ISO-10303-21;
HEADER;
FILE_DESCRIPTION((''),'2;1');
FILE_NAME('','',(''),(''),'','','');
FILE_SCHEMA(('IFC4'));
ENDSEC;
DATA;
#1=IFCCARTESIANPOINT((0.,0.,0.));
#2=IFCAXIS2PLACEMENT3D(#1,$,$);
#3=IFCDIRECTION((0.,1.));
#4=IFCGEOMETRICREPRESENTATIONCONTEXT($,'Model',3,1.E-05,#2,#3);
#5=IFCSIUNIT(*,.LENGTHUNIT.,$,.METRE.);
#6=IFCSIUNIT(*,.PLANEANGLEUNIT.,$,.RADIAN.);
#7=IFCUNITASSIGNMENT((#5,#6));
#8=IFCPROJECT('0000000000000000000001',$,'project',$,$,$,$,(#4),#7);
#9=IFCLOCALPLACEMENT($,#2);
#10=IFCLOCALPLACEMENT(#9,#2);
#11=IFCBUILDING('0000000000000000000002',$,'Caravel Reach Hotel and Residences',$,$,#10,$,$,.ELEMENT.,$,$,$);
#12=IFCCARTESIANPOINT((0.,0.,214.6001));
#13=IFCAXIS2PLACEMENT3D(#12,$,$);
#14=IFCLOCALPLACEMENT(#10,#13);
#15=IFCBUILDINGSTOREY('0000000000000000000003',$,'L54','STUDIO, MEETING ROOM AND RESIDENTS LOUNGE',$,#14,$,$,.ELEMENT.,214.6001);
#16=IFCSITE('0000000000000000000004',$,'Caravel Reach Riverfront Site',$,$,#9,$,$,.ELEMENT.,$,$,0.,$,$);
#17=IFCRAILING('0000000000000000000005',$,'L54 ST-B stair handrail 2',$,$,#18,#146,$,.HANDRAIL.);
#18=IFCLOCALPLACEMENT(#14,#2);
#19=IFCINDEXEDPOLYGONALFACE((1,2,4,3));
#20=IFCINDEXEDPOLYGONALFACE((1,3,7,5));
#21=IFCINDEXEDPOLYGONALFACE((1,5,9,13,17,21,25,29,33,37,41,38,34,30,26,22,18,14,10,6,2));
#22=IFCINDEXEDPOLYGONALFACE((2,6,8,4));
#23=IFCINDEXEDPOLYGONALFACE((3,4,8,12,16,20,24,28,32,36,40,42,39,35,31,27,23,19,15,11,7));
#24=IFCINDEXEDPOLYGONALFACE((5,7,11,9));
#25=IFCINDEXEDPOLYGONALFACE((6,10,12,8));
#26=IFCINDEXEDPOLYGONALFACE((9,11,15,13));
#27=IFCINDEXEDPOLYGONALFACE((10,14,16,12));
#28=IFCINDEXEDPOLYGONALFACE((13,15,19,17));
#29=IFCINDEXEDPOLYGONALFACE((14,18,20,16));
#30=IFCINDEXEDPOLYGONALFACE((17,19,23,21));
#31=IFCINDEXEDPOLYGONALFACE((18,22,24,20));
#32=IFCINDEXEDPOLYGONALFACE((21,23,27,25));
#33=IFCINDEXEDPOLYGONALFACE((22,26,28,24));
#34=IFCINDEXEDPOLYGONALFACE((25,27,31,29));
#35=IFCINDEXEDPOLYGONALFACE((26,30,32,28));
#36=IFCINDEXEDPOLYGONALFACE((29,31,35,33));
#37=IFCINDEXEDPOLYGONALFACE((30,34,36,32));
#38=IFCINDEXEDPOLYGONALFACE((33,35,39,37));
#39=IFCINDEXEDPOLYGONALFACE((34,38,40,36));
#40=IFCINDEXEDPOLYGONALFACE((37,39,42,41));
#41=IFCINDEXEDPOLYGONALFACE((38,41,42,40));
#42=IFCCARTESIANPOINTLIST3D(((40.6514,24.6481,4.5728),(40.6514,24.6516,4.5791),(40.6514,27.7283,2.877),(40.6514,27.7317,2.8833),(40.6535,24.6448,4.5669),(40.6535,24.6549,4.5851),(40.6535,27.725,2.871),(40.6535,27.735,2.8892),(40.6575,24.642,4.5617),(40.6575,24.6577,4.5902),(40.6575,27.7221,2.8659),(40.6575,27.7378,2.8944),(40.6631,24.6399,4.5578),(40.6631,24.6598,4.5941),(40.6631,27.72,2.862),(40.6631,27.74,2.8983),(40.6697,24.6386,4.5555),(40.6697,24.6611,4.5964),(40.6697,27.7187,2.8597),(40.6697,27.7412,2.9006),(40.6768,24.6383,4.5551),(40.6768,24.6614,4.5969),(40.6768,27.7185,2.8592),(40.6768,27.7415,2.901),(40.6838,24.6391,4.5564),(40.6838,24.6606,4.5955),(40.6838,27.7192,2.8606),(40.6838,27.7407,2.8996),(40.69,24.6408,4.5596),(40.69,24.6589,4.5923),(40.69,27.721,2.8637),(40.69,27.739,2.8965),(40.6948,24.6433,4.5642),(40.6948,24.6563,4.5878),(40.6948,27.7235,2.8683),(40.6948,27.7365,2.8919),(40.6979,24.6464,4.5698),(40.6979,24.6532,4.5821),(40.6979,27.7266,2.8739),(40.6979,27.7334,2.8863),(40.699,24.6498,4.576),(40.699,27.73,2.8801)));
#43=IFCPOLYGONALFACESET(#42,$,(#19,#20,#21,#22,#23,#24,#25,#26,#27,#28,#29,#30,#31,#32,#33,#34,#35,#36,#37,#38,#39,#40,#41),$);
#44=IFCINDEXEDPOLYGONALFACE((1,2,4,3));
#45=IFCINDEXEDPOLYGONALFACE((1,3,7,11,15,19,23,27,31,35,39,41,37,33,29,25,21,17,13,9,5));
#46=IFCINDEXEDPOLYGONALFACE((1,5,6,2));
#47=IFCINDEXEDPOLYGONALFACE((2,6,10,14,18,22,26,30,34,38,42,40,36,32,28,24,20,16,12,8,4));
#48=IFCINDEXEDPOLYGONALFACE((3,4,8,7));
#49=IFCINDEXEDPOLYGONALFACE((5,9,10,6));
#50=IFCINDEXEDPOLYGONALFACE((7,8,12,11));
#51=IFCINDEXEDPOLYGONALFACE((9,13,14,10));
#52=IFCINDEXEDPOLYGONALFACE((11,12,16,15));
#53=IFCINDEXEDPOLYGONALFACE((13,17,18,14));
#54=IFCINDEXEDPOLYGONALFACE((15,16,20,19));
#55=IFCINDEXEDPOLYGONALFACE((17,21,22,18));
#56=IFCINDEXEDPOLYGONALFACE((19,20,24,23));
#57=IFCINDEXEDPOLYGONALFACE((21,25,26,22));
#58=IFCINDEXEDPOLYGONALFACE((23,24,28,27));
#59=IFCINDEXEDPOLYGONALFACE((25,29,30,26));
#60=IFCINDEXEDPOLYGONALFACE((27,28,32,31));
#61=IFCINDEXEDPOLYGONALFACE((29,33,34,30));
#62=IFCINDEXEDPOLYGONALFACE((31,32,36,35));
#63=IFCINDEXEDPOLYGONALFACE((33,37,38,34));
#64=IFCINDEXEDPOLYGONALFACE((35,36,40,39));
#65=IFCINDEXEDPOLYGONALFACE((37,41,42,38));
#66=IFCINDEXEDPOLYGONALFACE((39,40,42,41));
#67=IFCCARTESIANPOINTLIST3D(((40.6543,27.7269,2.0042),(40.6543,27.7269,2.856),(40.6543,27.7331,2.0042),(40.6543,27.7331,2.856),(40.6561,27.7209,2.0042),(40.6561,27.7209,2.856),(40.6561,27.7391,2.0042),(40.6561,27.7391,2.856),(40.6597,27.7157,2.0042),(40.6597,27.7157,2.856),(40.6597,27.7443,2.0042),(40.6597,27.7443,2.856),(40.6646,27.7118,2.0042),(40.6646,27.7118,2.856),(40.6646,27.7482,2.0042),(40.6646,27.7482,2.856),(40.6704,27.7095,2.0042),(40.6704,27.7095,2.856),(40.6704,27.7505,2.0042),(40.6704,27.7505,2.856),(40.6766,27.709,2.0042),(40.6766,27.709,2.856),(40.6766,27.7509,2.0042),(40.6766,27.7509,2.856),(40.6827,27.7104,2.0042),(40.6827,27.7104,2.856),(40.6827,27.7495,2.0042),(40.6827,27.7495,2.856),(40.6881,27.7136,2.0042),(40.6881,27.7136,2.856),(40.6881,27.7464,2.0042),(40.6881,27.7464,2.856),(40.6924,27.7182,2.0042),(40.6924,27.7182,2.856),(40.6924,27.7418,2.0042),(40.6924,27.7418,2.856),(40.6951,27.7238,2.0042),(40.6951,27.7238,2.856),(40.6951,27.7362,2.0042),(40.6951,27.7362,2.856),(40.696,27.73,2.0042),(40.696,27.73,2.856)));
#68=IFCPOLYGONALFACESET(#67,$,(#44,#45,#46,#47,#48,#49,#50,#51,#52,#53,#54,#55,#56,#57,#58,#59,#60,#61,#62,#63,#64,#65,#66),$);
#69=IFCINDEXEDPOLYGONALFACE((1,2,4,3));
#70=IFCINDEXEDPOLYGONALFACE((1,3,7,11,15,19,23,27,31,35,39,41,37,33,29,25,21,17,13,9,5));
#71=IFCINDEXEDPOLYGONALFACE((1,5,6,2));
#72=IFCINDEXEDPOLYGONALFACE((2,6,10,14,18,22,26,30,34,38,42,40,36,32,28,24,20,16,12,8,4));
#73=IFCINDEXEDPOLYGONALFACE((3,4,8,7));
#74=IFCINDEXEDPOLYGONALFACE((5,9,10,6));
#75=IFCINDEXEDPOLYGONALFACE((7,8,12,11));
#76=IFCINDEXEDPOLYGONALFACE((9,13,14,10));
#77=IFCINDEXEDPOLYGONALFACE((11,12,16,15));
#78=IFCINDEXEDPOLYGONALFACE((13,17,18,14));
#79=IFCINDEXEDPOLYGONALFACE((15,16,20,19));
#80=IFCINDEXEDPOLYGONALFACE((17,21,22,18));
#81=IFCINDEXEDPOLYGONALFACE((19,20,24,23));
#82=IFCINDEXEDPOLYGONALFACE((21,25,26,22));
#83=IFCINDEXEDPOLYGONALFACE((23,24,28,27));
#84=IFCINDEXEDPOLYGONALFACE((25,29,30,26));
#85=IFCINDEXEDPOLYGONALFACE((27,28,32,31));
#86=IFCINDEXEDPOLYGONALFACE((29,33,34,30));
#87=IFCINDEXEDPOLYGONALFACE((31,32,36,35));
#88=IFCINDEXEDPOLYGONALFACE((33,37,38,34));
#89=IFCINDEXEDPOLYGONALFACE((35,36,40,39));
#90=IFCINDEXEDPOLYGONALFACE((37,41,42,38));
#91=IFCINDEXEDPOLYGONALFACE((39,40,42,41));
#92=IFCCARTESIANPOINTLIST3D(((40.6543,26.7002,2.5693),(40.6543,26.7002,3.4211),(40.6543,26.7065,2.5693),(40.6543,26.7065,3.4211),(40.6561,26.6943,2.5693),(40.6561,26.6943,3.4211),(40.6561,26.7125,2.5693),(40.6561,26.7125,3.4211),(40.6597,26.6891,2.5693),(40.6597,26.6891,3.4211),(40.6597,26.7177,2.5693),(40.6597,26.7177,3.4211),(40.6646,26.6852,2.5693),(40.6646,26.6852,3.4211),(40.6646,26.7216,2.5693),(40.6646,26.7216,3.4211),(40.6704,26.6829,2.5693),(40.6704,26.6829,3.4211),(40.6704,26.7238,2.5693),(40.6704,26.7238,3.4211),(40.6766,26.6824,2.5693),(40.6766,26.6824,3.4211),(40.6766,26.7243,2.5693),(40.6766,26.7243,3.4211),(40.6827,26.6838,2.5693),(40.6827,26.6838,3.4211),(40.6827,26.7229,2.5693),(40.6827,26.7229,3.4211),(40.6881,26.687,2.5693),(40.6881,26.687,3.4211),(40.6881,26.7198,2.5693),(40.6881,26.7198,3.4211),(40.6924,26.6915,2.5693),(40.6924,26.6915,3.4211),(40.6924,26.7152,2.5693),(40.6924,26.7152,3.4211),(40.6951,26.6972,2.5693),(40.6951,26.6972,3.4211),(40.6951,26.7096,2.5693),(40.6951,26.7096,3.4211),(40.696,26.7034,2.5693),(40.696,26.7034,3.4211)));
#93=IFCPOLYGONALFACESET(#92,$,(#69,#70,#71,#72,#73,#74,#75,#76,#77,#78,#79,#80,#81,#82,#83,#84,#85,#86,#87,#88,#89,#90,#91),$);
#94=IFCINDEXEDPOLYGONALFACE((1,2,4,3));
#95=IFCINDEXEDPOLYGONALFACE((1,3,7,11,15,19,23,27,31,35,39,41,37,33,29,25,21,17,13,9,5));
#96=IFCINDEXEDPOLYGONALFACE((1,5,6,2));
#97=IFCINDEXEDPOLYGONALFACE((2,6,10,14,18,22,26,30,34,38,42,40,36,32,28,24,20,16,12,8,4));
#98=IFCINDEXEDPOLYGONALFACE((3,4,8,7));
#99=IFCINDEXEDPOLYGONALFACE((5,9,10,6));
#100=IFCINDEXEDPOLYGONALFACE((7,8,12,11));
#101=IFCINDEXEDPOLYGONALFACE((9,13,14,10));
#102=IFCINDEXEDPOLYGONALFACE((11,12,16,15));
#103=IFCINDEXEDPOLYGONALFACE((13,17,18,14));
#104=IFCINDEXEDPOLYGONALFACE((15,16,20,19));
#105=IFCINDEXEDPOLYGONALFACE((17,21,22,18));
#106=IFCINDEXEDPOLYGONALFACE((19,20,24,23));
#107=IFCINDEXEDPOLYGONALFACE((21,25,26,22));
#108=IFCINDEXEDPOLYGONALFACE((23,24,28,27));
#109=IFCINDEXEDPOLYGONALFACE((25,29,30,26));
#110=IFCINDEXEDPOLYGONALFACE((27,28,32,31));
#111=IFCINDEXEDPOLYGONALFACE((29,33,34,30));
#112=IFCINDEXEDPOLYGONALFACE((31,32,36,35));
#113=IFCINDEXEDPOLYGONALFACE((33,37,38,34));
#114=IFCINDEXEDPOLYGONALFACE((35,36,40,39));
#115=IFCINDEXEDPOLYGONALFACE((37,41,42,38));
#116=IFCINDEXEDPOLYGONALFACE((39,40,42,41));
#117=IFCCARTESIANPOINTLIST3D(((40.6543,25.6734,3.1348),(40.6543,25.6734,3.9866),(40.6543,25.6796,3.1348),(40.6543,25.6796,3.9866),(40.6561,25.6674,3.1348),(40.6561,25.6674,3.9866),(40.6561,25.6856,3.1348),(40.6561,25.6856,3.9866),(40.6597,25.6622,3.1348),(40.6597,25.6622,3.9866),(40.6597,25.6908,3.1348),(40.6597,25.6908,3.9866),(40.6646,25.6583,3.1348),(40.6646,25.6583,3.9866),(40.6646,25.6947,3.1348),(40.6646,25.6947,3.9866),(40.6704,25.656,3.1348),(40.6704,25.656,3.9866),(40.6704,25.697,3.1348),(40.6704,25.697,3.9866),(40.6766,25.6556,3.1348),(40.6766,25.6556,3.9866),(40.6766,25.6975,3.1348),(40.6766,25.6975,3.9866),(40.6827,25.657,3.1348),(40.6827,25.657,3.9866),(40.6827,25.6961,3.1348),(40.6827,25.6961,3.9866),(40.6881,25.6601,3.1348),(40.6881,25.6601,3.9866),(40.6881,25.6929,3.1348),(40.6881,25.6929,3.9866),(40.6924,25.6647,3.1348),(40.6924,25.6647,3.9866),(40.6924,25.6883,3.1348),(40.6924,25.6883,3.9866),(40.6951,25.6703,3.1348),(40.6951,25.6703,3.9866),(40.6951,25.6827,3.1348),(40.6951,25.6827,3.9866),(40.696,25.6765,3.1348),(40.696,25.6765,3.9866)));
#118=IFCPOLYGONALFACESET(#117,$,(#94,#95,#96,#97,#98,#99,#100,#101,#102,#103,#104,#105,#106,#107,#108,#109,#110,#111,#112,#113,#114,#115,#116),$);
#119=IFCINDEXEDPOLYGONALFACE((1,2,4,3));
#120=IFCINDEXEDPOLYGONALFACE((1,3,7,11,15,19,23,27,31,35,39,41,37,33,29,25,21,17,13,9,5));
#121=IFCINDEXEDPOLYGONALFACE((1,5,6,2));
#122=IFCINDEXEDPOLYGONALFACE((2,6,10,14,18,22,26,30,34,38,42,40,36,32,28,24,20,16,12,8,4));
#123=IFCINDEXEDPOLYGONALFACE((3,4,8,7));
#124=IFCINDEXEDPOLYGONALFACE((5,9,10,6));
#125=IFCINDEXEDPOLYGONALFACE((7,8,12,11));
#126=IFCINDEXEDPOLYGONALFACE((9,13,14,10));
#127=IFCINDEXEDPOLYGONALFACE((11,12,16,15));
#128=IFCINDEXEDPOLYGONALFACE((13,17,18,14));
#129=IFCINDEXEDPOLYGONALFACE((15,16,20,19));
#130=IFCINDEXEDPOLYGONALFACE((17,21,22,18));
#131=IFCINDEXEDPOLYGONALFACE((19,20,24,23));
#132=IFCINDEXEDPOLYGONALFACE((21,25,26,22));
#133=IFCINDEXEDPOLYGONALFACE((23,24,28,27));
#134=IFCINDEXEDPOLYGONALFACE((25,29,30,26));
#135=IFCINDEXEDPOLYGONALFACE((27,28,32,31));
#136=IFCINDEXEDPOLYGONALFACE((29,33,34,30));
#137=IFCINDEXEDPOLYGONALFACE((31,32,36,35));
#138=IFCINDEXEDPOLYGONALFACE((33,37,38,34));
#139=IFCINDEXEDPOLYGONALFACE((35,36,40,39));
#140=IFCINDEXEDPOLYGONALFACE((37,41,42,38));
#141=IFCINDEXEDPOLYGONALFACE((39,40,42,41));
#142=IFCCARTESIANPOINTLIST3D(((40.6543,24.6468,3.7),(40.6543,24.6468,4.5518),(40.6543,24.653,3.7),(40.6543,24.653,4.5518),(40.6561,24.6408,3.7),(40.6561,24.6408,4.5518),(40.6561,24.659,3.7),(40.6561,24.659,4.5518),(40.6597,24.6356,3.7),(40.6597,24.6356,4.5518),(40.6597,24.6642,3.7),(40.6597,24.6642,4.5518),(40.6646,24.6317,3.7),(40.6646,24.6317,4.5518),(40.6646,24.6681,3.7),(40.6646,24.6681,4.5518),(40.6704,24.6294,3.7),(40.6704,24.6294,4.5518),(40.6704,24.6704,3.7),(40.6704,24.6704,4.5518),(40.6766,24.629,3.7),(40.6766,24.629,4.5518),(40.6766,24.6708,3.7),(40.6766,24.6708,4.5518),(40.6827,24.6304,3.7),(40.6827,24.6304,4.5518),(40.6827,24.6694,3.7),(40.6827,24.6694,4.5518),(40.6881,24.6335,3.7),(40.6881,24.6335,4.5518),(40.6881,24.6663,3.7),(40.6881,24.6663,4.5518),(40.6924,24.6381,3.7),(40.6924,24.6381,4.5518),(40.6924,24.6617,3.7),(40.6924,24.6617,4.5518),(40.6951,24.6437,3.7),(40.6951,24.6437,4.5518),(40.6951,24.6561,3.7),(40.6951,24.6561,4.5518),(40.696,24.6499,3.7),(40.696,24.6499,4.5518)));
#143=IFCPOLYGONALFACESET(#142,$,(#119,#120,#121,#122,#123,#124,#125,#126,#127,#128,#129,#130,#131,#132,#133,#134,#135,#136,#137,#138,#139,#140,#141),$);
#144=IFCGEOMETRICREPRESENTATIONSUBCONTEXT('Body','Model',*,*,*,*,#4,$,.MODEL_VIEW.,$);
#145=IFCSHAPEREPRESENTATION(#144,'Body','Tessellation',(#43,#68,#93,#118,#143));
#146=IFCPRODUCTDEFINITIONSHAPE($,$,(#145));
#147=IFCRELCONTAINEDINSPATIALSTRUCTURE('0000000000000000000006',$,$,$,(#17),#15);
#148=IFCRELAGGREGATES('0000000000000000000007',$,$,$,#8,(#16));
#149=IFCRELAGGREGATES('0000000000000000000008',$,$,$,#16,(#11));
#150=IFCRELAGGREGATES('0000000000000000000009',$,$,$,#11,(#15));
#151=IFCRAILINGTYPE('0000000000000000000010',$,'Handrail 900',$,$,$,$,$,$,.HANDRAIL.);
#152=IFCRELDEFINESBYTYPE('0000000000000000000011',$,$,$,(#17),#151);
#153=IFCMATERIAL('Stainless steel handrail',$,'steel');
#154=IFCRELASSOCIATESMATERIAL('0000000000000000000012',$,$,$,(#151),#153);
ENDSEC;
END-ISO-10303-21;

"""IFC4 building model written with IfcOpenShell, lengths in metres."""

from ifc_helpers import new_model, si_unit, direction, frame, origin, origin_2d, place, context, subcontext, project, spatial, circle, extrude, material, type_object, element, save


model = new_model("IFC4")

# Units and contexts
model_context = context("Model", 3, precision=1e-05, world=origin(), true_north=direction((0.0, 1.0)))
body_context = subcontext(model_context, "Body", "Model", "MODEL_VIEW")
ifc_project = project(units=[si_unit("LENGTHUNIT", "METRE"), si_unit("PLANEANGLEUNIT", "RADIAN")], contexts=[model_context])

# Site, building, storey
site_placement = place(None, origin())
site = spatial("IfcSite", under=ifc_project, at=site_placement, Name="Caravel Reach Riverfront Site", CompositionType="ELEMENT", RefElevation=0.0)
building_placement = place(site_placement, origin())
building = spatial("IfcBuilding", under=site, at=building_placement, Name="Caravel Reach Hotel and Residences", CompositionType="ELEMENT")
storey_placement = place(building_placement, frame((0.0, 0.0, 214.6001)))
storey = spatial("IfcBuildingStorey", under=building, at=storey_placement, Name="L54", Description="STUDIO, MEETING ROOM AND RESIDENTS LOUNGE", CompositionType="ELEMENT", Elevation=214.6001)

# Railing
ifc_material_1 = material(Name="Stainless steel handrail", Category="steel")
railing_type_1 = type_object("IfcRailingType", Name="Handrail 900", PredefinedType="HANDRAIL", material=ifc_material_1)
railing_1_placement = place(storey_placement, frame((40.675, 27.73, 2.0042)))
element("IfcRailing", 1, at=railing_1_placement, inside=storey, type_object=railing_type_1, Name="L54 ST-B stair handrail 2", PredefinedType="HANDRAIL", context=body_context, shape_type="SweptSolid", body=[
    extrude(circle(Radius=0.0239, at=origin_2d()), frame((0.0, 0.0, 0.876), z_axis=(0.0, -0.876005, 0.482303), x_axis=(1.0, 0.0, 0.0)), (0.0, 0.0, 1.0), 3.5161),
    extrude(circle(Radius=0.021, at=origin_2d()), origin(), (0.0, 0.0, 1.0), 0.8518),
    extrude(circle(Radius=0.021, at=origin_2d()), frame((0.0, -1.0266, 0.5652)), (0.0, 0.0, 1.0), 0.8518),
    extrude(circle(Radius=0.021, at=origin_2d()), frame((0.0, -2.0535, 1.1306)), (0.0, 0.0, 1.0), 0.8518),
    extrude(circle(Radius=0.021, at=origin_2d()), frame((0.0, -3.0801, 1.6958)), (0.0, 0.0, 1.0), 0.8518),
])

save(model, "model.ifc")
